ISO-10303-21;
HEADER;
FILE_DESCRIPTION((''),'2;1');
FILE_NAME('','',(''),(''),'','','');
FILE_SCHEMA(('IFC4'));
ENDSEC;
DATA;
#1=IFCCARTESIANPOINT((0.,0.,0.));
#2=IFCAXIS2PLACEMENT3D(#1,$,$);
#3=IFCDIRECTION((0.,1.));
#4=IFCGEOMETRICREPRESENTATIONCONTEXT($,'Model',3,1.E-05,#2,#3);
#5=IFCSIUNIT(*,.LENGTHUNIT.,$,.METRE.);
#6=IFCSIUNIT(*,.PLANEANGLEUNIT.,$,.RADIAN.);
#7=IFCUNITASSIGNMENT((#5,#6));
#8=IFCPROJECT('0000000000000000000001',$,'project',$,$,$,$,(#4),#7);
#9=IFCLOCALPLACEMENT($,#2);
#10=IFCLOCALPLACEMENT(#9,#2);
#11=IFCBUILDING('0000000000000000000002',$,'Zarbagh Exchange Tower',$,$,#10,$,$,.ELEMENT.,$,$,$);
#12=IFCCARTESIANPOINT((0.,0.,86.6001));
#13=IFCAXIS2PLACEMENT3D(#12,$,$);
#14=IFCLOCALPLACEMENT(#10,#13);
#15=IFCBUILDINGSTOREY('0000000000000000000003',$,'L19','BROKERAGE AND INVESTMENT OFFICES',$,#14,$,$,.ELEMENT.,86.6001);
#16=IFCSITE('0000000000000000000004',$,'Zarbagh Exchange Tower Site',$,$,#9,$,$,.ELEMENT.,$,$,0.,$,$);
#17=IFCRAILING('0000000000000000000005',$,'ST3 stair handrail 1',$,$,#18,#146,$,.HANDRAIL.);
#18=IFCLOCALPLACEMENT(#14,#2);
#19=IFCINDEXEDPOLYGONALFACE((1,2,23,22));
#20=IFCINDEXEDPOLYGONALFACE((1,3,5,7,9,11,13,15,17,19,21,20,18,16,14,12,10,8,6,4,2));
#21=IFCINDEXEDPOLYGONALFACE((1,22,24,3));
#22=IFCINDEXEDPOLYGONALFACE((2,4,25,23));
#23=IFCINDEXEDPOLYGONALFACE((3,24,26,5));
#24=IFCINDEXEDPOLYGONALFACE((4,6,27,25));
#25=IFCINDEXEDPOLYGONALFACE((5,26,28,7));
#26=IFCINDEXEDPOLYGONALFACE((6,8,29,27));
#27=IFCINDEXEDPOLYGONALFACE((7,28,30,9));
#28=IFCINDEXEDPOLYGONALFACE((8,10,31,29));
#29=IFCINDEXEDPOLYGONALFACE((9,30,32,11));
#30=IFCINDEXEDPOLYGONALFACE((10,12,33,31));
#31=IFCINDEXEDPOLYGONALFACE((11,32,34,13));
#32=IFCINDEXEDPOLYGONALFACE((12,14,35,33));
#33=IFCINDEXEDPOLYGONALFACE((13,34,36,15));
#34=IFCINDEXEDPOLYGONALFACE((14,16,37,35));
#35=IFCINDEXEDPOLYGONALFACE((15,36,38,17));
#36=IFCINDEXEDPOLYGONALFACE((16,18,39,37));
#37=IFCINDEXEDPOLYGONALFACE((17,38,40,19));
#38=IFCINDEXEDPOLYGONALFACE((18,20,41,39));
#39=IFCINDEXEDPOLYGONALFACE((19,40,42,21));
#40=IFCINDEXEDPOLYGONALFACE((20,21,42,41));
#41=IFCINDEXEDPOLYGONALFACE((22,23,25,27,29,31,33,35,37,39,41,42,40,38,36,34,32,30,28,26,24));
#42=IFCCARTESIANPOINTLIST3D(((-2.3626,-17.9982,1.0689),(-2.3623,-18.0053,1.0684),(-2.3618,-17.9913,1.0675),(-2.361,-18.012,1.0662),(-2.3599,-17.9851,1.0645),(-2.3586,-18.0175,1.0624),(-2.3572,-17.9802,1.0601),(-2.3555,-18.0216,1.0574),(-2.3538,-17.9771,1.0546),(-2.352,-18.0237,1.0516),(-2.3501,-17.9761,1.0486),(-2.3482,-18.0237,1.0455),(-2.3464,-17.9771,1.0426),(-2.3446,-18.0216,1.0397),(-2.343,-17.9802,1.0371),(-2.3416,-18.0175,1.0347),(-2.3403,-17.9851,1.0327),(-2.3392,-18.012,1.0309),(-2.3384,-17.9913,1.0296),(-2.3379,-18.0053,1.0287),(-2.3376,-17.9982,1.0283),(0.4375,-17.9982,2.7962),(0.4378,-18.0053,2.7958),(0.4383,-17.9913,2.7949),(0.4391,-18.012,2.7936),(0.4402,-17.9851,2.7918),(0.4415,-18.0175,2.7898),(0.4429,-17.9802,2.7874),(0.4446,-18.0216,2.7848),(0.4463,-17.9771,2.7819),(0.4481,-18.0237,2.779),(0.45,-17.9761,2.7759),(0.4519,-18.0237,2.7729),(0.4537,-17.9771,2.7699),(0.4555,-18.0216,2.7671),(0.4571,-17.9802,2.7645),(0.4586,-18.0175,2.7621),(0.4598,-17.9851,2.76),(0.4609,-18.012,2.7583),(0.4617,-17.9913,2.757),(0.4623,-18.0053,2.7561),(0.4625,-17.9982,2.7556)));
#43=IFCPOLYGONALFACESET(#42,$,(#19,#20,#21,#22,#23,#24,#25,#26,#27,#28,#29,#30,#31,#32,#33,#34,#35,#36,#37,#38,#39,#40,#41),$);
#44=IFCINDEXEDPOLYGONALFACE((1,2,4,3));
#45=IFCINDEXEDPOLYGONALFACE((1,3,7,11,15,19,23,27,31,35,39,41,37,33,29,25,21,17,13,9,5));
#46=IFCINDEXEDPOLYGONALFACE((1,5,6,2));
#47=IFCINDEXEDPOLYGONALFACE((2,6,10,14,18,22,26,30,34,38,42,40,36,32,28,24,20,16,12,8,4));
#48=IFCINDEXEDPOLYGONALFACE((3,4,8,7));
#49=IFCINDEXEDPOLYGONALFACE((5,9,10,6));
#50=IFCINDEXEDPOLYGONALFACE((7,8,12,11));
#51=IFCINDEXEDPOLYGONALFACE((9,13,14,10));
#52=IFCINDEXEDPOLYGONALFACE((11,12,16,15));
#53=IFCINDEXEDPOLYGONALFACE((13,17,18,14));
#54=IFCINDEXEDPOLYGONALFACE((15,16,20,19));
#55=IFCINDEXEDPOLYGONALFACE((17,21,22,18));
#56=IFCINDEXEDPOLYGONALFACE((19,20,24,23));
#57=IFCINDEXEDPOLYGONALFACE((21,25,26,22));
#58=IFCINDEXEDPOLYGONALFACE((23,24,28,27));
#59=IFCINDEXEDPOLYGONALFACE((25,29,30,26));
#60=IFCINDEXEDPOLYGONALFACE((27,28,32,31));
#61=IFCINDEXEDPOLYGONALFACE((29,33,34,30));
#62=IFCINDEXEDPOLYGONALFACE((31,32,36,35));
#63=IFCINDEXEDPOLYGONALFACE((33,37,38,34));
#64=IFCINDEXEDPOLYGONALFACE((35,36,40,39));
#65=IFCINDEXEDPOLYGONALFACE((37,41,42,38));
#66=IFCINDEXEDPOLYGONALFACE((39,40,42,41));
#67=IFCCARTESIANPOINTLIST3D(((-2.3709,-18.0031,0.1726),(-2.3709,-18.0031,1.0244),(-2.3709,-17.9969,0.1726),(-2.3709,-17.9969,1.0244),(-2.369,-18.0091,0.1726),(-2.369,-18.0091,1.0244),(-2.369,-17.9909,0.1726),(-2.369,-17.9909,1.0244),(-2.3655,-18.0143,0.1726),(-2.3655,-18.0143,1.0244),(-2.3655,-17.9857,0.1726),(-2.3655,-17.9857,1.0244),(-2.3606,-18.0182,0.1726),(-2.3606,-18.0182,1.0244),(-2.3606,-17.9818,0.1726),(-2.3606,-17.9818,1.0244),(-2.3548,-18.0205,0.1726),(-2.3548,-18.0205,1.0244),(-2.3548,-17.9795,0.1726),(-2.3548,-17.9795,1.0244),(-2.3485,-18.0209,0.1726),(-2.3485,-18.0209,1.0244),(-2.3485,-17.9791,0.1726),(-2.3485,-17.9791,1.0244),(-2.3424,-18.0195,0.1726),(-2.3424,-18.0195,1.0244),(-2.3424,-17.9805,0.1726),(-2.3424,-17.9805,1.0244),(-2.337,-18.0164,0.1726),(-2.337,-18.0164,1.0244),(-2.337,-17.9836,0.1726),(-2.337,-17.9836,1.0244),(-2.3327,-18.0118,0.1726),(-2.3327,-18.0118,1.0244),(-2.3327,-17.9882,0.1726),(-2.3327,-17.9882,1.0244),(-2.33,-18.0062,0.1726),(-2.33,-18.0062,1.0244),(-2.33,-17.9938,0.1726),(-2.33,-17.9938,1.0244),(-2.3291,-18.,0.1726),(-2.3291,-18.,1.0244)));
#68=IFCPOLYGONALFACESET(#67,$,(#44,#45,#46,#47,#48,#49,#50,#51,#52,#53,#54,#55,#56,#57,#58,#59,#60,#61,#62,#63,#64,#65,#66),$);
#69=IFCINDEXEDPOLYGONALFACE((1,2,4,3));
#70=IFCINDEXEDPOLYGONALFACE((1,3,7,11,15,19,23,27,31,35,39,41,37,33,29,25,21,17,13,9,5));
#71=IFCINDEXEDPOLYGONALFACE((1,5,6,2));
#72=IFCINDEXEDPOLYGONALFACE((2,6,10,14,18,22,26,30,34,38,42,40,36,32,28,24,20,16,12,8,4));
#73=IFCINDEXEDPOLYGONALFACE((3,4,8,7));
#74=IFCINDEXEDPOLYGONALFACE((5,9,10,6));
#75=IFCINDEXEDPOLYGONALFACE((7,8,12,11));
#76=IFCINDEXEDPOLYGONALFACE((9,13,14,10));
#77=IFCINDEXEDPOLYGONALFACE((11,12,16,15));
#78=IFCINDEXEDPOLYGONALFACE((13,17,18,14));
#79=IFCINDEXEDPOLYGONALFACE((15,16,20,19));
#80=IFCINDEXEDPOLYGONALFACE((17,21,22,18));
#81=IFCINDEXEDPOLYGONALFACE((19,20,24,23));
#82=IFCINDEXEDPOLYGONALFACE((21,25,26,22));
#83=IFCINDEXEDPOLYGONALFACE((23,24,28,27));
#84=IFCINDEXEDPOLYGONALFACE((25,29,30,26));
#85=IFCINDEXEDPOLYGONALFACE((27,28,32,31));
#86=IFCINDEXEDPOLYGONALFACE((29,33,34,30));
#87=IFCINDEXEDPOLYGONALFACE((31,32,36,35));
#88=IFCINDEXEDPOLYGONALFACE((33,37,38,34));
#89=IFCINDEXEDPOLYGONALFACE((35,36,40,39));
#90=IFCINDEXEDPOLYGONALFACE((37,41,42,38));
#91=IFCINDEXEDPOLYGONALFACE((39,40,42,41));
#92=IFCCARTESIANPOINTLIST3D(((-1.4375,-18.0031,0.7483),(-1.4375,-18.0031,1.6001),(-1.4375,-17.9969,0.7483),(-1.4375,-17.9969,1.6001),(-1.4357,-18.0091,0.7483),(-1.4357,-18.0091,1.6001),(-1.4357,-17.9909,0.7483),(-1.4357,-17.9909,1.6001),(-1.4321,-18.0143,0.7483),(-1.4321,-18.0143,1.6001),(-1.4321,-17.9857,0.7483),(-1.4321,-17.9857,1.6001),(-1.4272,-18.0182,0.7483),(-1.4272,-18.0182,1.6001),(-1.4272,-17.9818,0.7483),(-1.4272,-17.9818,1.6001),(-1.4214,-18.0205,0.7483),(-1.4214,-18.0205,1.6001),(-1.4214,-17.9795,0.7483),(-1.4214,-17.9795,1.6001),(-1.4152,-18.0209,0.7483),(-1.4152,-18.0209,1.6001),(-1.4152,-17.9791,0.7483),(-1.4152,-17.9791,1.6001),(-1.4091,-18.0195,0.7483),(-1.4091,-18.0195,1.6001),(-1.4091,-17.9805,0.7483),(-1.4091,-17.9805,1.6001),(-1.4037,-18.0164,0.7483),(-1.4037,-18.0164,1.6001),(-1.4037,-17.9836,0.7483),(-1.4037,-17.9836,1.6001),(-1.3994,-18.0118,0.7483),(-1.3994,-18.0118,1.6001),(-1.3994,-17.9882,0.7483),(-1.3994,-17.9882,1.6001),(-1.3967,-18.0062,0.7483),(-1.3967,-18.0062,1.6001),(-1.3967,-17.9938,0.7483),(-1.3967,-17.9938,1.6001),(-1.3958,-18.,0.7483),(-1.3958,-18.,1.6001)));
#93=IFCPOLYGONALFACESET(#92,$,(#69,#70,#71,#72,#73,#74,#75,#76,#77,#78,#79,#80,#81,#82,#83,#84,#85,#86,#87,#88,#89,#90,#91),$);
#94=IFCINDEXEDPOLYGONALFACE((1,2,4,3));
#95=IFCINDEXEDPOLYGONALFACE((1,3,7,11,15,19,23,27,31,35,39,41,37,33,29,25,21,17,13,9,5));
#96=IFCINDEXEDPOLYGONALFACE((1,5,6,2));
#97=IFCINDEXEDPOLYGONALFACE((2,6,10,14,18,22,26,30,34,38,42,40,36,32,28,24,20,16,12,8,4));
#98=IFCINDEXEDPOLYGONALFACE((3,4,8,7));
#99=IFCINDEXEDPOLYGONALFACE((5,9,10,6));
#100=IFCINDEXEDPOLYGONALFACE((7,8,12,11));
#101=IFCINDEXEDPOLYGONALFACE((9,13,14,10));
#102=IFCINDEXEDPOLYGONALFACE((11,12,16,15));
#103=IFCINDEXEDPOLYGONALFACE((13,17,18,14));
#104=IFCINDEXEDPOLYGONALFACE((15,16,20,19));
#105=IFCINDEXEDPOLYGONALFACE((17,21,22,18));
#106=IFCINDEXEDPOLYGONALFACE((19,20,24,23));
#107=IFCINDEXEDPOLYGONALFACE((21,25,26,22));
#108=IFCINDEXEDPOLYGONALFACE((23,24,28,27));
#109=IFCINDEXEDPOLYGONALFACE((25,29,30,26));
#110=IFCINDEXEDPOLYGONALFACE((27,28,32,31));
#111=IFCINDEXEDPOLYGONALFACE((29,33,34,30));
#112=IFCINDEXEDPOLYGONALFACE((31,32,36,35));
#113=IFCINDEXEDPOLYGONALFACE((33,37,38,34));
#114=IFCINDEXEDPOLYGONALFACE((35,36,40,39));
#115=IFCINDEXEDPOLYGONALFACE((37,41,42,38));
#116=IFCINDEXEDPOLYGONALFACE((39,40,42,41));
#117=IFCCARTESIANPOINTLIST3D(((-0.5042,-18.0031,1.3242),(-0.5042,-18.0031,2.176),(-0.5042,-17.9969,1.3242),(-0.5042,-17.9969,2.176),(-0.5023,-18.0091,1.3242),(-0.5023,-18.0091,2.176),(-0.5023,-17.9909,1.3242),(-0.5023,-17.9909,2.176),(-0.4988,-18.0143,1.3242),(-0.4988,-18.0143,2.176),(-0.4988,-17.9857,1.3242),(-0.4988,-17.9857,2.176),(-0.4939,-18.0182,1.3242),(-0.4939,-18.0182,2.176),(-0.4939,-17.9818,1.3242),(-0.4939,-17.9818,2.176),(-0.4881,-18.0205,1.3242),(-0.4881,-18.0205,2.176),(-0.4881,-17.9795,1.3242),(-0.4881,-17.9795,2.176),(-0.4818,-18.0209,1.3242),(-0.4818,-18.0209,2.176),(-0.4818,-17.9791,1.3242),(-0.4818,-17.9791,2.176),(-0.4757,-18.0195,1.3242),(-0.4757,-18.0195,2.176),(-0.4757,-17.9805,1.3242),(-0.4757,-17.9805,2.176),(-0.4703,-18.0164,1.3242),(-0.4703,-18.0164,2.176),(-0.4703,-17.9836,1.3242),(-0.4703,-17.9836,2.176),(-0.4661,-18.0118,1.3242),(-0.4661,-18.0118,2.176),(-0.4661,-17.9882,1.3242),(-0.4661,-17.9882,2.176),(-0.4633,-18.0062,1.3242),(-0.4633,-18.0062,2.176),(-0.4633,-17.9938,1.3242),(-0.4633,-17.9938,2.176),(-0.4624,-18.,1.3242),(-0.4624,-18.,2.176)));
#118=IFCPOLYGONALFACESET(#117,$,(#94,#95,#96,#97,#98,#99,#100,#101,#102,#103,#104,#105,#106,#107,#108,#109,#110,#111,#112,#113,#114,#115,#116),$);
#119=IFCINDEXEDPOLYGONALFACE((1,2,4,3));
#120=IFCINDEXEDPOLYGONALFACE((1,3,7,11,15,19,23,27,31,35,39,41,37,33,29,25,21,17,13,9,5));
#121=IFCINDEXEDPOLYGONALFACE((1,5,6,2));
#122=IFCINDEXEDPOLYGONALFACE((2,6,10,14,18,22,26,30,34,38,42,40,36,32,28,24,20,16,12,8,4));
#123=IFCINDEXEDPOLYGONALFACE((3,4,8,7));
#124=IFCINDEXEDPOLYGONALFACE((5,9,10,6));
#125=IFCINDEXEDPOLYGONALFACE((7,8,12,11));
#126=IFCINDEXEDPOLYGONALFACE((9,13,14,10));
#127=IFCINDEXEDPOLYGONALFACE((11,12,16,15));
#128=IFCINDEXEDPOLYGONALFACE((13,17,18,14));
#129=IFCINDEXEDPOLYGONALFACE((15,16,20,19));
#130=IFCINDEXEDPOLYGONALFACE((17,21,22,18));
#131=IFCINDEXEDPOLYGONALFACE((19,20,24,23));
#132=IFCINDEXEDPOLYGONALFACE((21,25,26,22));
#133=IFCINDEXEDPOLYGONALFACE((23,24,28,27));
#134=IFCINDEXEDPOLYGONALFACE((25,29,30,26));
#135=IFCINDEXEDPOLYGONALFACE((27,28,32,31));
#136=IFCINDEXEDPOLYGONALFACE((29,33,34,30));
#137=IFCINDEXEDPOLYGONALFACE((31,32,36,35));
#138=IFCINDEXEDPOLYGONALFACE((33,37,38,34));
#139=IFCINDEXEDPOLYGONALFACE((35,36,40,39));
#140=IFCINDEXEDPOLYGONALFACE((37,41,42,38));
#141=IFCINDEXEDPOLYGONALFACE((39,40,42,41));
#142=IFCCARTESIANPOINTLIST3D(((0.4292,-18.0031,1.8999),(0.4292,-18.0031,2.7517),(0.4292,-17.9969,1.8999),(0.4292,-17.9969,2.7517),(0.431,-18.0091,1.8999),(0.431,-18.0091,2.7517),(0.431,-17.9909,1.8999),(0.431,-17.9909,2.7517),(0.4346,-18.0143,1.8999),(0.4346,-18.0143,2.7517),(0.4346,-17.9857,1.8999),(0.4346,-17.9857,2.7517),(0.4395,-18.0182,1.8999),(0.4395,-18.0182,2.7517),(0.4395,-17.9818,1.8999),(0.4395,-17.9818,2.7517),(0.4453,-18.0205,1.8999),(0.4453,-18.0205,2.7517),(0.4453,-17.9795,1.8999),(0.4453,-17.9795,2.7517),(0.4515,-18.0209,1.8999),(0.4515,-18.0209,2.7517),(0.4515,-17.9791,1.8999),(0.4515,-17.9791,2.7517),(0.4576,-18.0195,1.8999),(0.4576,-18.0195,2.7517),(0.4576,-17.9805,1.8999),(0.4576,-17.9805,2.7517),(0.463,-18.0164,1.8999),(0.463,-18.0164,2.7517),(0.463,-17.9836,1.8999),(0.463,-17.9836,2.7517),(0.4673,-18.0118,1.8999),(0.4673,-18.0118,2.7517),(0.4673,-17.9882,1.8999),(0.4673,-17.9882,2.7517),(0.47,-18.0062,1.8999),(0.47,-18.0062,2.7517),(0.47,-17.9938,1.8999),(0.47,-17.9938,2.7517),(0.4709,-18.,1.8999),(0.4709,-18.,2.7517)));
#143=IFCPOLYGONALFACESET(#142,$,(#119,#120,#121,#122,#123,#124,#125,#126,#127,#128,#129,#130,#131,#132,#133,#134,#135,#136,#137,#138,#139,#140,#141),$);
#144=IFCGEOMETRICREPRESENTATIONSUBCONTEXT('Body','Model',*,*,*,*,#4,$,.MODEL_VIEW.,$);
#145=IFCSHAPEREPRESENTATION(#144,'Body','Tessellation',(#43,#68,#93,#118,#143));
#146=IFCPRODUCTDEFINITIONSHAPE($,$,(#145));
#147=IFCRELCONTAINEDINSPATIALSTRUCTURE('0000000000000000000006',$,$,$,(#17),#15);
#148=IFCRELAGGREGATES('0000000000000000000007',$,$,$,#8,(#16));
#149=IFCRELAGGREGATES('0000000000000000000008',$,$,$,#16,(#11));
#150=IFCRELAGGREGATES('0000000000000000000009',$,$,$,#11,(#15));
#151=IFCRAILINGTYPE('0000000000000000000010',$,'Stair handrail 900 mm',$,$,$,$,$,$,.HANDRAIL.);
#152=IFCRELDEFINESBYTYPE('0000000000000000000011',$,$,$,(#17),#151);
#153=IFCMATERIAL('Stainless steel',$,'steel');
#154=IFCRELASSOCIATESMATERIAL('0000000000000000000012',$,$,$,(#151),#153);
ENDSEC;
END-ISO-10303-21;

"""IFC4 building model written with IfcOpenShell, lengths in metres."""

from ifc_helpers import new_model, si_unit, direction, frame, origin, origin_2d, place, context, subcontext, project, spatial, circle, extrude, material, type_object, element, save


model = new_model("IFC4")

# Units and contexts
model_context = context("Model", 3, precision=1e-05, world=origin(), true_north=direction((0.0, 1.0)))
body_context = subcontext(model_context, "Body", "Model", "MODEL_VIEW")
ifc_project = project(units=[si_unit("LENGTHUNIT", "METRE"), si_unit("PLANEANGLEUNIT", "RADIAN")], contexts=[model_context])

# Site, building, storey
site_placement = place(None, origin())
site = spatial("IfcSite", under=ifc_project, at=site_placement, Name="Zarbagh Exchange Tower Site", CompositionType="ELEMENT", RefElevation=0.0)
building_placement = place(site_placement, origin())
building = spatial("IfcBuilding", under=site, at=building_placement, Name="Zarbagh Exchange Tower", CompositionType="ELEMENT")
storey_placement = place(building_placement, frame((0.0, 0.0, 86.6001)))
storey = spatial("IfcBuildingStorey", under=building, at=storey_placement, Name="L19", Description="BROKERAGE AND INVESTMENT OFFICES", CompositionType="ELEMENT", Elevation=86.6001)

# Shared definitions
ifc_material_1 = material(Name="Stainless steel", Category="steel")

# Railing
railing_type = type_object("IfcRailingType", Name="Stair handrail 900 mm", PredefinedType="HANDRAIL", material=ifc_material_1)
for number, where, name in (
    (1, (-2.3501, -18.0, 0.1726), "ST3 stair handrail 1"),
):
    element("IfcRailing", number, at=place(storey_placement, frame(where)), inside=storey, type_object=railing_type, Name=name, PredefinedType="HANDRAIL", context=body_context, shape_type="SweptSolid", body=[
        extrude(circle(Radius=0.0239, at=origin_2d()), frame((0.0, 0.0, 0.876), z_axis=(0.85109, 0.0, 0.52502), x_axis=(0.0, 1.0, 0.0)), (0.0, 0.0, 1.0), 3.29),
        extrude(circle(Radius=0.021, at=origin_2d()), origin(), (0.0, 0.0, 1.0), 0.8518),
        extrude(circle(Radius=0.021, at=origin_2d()), frame((0.9333, 0.0, 0.5757)), (0.0, 0.0, 1.0), 0.8518),
        extrude(circle(Radius=0.021, at=origin_2d()), frame((1.8667, 0.0, 1.1516)), (0.0, 0.0, 1.0), 0.8518),
        extrude(circle(Radius=0.021, at=origin_2d()), frame((2.8, 0.0, 1.7273)), (0.0, 0.0, 1.0), 0.8518),
    ])

save(model, "model.ifc")
